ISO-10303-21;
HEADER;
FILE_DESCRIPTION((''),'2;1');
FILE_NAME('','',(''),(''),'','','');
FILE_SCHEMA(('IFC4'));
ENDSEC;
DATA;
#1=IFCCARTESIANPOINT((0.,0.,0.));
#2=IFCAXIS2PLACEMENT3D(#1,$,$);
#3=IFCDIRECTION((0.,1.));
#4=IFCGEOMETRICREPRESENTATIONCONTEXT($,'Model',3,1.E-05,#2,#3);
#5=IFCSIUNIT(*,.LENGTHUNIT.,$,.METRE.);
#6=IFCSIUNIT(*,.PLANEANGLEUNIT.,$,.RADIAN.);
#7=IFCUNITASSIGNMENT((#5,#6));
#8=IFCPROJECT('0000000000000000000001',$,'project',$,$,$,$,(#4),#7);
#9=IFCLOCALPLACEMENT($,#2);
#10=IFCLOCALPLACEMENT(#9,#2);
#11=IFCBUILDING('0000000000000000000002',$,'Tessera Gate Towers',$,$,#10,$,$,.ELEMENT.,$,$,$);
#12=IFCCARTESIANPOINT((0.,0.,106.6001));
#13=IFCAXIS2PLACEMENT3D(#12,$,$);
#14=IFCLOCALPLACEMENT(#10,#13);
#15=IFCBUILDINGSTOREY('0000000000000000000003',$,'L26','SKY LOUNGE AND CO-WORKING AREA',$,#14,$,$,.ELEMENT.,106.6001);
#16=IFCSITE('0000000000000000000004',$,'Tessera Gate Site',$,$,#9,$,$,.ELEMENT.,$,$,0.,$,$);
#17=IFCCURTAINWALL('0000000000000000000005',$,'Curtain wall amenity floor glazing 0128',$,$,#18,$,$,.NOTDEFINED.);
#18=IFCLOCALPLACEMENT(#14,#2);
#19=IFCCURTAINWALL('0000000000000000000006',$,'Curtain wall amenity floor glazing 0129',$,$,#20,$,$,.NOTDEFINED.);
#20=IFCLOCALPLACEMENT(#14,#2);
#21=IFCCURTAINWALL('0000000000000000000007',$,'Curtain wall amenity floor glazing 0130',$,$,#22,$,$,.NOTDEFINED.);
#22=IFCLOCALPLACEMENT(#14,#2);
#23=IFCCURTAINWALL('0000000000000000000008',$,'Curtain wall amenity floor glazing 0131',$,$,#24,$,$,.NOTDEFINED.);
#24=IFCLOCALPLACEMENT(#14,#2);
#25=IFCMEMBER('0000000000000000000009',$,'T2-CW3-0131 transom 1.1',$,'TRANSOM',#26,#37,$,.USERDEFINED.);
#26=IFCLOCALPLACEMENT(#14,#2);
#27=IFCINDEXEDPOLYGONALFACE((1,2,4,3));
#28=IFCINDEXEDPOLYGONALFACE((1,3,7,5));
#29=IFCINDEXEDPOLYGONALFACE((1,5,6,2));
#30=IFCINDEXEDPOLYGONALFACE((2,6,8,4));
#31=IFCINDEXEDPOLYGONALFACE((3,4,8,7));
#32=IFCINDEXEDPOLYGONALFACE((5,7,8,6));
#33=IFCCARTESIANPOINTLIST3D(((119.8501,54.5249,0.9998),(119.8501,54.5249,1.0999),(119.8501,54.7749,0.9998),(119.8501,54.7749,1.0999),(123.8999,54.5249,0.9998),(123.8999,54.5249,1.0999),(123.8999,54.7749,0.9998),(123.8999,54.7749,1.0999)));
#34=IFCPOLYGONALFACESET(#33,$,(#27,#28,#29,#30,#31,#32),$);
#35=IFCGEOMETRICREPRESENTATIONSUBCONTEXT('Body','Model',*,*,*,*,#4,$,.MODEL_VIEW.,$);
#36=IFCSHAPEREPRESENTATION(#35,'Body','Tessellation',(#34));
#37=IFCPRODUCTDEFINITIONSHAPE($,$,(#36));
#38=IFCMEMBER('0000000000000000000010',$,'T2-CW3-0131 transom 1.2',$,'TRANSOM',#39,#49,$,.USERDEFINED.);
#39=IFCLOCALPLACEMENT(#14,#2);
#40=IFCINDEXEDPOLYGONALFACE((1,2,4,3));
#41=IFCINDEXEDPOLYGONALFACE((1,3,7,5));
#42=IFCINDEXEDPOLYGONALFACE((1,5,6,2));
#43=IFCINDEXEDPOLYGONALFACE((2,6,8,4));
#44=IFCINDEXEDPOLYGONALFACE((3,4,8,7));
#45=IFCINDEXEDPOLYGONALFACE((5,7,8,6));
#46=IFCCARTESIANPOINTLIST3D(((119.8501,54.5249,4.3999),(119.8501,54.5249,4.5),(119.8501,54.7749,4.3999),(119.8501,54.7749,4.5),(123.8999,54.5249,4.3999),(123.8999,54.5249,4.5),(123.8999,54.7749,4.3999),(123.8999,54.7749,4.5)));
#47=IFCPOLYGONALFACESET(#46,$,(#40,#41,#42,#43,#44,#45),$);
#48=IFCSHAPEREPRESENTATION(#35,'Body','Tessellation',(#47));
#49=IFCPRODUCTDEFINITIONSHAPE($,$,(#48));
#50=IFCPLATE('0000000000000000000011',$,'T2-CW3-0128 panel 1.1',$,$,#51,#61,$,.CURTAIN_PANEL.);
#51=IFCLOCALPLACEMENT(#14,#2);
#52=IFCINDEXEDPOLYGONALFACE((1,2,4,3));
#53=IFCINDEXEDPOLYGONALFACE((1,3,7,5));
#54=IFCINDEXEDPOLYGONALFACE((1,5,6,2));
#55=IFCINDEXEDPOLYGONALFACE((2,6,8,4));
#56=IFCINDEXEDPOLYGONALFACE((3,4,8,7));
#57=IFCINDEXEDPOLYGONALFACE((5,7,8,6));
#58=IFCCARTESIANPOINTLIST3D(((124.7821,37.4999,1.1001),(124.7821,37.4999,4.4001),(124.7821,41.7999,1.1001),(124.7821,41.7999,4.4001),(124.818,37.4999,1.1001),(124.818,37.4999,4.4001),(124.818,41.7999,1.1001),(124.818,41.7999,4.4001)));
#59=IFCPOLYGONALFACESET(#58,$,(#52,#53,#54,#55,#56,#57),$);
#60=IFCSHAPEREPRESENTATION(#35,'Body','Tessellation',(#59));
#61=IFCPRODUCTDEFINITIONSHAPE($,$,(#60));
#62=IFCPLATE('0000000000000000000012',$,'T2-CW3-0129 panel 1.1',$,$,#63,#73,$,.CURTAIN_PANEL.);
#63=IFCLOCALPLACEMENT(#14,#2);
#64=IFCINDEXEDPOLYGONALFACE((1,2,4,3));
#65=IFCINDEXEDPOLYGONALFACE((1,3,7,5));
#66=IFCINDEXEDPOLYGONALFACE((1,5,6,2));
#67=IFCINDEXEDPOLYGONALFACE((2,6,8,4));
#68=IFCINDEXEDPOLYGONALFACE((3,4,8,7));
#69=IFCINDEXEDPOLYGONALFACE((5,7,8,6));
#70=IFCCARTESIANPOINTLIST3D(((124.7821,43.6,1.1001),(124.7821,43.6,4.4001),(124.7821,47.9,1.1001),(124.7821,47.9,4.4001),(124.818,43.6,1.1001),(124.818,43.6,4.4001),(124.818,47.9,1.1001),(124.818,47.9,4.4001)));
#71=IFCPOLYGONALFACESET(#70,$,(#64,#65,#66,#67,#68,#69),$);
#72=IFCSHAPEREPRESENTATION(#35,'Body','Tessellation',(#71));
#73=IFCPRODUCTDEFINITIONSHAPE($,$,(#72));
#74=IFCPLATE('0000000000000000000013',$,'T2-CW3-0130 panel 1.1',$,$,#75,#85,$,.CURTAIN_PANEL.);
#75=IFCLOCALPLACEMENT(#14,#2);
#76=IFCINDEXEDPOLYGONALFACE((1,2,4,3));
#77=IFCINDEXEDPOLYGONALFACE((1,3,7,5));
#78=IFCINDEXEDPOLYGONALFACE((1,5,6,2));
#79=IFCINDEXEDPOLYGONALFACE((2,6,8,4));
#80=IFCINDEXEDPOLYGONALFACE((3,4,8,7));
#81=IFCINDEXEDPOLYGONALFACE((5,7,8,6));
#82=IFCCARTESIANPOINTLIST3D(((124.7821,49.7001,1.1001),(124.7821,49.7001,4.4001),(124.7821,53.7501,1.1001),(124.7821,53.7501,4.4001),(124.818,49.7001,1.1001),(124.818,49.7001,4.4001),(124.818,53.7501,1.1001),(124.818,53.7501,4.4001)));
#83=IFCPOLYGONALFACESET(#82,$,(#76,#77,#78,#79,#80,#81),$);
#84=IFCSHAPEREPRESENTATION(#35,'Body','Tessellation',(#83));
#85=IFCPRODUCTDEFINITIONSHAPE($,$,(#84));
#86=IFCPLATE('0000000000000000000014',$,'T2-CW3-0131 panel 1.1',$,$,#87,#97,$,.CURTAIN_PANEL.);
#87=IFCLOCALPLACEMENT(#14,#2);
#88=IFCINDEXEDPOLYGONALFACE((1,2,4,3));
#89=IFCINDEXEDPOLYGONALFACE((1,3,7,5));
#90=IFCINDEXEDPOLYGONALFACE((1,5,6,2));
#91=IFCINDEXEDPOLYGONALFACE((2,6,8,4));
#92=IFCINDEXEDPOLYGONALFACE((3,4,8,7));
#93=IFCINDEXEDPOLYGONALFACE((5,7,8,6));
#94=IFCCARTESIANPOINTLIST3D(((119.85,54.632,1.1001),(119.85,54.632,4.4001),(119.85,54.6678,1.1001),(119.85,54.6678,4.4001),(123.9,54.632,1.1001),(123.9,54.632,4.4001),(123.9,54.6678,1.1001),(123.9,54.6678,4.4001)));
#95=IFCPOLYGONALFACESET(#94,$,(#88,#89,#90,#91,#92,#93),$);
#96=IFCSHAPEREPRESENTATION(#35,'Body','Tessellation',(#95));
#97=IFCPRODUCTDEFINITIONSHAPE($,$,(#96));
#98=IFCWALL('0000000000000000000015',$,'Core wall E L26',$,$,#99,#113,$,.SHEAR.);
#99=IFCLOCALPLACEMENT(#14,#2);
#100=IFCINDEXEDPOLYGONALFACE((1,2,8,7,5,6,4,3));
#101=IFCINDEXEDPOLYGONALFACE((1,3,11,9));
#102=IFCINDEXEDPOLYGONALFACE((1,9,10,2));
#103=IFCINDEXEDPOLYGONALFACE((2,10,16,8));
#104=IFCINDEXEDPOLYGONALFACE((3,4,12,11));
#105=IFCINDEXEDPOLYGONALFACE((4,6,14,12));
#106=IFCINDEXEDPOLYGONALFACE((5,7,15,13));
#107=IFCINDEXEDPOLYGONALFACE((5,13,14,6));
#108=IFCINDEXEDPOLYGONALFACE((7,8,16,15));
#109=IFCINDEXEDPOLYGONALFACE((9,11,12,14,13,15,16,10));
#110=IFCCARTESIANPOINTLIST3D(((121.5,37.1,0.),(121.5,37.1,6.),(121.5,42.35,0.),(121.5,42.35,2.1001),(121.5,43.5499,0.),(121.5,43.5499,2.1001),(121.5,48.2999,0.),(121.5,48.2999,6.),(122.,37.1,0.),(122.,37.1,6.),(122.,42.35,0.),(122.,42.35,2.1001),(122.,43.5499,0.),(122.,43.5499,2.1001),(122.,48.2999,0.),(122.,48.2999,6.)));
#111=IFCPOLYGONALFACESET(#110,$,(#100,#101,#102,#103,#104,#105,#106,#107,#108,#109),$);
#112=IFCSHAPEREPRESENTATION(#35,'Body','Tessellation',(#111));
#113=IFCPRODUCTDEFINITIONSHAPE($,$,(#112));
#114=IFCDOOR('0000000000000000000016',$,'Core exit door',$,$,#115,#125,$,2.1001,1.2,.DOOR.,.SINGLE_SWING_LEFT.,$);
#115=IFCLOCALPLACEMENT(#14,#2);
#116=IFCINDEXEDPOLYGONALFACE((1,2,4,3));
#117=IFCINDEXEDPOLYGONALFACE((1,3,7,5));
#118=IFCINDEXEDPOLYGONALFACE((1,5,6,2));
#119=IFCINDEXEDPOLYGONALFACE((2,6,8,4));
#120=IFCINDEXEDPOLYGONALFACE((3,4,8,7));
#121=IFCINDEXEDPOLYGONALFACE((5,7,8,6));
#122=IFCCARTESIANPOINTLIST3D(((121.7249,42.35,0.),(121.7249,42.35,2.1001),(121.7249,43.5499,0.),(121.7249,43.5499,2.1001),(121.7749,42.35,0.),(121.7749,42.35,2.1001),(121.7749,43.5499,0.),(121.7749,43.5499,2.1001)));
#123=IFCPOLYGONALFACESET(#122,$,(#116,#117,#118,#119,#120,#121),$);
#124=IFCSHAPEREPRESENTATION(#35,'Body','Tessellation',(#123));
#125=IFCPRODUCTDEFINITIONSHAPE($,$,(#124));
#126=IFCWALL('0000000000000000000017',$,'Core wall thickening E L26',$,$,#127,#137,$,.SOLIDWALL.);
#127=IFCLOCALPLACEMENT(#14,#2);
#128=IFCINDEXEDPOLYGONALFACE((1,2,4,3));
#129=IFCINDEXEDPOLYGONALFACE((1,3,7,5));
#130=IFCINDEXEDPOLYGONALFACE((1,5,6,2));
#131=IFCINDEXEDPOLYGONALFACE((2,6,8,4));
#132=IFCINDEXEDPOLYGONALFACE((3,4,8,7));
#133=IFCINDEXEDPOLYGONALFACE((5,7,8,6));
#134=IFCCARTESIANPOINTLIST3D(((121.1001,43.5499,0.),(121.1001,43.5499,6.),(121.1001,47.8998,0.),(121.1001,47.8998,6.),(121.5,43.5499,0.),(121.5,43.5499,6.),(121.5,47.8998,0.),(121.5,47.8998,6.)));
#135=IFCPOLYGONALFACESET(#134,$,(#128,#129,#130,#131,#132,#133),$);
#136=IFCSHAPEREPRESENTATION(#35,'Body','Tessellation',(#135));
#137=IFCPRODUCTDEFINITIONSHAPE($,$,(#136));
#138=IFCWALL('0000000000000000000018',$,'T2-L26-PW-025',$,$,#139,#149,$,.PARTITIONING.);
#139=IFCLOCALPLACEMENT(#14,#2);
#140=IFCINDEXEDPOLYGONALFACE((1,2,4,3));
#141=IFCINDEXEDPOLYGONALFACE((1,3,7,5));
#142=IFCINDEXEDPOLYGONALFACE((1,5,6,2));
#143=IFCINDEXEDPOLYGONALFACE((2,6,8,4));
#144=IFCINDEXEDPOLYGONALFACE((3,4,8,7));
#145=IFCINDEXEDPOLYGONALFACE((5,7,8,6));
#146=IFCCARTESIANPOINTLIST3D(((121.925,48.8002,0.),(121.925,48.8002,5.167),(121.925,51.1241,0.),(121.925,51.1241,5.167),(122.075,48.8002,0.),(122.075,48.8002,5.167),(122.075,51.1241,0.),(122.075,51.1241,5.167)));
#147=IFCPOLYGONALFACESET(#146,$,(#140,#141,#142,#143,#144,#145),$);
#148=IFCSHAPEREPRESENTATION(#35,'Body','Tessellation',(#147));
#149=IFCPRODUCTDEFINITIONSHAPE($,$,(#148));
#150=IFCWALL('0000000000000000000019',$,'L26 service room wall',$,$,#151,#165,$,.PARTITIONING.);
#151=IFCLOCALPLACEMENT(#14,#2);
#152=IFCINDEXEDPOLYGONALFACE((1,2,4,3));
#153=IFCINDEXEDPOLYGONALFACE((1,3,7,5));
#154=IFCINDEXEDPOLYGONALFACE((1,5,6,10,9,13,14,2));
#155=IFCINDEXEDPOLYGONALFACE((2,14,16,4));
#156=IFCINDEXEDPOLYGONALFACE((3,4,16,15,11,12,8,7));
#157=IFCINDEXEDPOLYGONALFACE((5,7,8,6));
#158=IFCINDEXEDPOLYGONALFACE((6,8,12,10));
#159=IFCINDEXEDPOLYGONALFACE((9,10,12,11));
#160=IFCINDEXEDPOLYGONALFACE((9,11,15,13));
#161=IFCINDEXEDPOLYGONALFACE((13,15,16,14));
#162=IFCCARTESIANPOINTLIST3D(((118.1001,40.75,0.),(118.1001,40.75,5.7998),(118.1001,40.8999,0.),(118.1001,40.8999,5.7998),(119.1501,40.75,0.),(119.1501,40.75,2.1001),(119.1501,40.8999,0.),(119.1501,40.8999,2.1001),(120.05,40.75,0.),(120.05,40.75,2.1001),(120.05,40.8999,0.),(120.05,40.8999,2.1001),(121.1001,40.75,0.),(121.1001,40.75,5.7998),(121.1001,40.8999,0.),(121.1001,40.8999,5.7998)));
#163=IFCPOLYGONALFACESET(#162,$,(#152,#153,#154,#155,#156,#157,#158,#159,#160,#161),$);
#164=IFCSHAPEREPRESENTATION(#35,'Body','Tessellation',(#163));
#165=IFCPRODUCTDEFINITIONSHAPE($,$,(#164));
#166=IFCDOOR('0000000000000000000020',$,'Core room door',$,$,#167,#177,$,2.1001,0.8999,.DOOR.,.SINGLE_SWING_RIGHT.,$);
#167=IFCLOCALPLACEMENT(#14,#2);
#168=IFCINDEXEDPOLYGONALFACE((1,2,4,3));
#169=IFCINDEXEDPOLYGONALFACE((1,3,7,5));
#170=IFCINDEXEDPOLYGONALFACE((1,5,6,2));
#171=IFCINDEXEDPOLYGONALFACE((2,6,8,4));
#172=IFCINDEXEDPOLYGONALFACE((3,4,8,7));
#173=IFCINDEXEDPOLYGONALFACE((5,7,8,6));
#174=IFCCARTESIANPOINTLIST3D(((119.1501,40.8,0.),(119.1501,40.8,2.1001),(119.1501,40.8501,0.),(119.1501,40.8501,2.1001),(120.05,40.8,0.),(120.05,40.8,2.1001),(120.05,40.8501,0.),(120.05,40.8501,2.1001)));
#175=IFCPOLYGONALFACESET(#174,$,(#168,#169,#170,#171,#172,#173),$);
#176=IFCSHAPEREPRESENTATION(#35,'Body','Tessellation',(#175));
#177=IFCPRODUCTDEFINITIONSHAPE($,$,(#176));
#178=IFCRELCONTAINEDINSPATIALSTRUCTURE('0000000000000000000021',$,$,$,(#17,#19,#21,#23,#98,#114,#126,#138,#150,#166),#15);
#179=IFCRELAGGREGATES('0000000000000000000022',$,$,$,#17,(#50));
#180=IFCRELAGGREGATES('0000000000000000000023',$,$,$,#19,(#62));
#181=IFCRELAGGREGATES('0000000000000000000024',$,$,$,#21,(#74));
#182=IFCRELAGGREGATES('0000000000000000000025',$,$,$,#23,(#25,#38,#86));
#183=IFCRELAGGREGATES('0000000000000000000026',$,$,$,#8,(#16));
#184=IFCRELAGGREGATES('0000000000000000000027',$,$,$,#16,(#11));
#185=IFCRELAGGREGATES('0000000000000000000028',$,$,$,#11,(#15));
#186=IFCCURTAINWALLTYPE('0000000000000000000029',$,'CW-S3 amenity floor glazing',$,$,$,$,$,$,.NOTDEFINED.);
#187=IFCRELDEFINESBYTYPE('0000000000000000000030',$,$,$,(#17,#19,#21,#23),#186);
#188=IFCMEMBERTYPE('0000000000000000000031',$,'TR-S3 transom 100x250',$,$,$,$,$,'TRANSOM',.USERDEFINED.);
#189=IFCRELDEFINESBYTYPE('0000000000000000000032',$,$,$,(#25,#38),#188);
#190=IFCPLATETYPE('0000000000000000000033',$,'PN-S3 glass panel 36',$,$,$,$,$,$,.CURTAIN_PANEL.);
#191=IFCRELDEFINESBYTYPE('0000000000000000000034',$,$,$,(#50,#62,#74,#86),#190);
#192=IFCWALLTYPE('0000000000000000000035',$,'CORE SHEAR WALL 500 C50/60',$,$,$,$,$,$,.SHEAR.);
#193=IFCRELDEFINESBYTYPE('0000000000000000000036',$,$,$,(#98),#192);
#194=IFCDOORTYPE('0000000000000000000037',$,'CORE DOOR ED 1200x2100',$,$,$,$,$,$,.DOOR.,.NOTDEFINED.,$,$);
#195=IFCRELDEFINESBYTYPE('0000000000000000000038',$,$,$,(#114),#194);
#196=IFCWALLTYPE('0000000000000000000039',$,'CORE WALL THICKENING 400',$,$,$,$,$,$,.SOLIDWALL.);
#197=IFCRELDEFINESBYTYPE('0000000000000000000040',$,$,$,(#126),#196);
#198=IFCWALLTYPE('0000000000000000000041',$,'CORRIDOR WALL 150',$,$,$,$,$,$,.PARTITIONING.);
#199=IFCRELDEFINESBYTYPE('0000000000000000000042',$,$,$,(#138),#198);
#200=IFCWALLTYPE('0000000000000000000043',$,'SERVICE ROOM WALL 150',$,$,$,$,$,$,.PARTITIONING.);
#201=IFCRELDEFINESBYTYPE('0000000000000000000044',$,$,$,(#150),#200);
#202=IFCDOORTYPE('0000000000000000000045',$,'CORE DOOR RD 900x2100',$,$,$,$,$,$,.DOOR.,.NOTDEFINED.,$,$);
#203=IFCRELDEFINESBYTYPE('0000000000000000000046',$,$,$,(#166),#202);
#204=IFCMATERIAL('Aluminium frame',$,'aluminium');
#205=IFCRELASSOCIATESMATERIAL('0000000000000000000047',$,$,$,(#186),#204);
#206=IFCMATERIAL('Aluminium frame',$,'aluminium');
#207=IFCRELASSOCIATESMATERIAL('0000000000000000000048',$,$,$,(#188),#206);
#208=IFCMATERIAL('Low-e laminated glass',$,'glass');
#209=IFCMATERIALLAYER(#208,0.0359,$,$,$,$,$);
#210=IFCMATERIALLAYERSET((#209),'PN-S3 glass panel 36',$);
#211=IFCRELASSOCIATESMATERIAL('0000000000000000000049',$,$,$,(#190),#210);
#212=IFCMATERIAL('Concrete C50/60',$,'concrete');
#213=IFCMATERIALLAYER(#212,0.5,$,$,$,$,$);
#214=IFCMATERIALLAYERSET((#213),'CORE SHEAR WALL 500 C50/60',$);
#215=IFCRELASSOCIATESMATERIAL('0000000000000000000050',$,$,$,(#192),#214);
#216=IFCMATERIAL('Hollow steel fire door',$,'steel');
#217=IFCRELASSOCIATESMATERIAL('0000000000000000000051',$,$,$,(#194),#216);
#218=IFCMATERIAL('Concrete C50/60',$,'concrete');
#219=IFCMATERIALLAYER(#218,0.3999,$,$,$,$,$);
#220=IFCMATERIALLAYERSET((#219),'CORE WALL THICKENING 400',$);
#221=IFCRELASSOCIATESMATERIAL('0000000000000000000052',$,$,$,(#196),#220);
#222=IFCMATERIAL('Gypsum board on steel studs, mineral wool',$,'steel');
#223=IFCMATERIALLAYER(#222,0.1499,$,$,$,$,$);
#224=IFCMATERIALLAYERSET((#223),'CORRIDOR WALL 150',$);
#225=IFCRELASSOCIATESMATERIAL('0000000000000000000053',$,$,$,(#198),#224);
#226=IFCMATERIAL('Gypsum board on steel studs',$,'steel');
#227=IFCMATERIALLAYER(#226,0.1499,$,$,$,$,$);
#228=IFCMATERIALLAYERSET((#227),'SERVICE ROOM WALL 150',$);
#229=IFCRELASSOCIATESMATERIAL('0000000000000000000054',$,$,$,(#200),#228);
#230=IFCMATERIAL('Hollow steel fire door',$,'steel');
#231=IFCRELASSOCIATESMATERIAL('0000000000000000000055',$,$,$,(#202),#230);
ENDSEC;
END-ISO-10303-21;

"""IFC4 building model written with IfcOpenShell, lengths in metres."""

from ifc_helpers import new_model, si_unit, direction, frame, frame_2d, origin, origin_2d, place, context, subcontext, project, spatial, rectangle, extrude, source, transform, mapped, material, layer, layer_set, material_profile, profile_set, type_object, element, fill, aggregate, save


model = new_model("IFC4")

# Units and contexts
model_context = context("Model", 3, precision=1e-05, world=origin(), true_north=direction((0.0, 1.0)))
body_context = subcontext(model_context, "Body", "Model", "MODEL_VIEW")
ifc_project = project(units=[si_unit("LENGTHUNIT", "METRE"), si_unit("PLANEANGLEUNIT", "RADIAN")], contexts=[model_context])

# Site, building, storey
site_placement = place(None, origin())
site = spatial("IfcSite", under=ifc_project, at=site_placement, Name="Tessera Gate Site", CompositionType="ELEMENT", RefElevation=0.0)
building_placement = place(site_placement, origin())
building = spatial("IfcBuilding", under=site, at=building_placement, Name="Tessera Gate Towers", CompositionType="ELEMENT")
storey_placement = place(building_placement, frame((0.0, 0.0, 106.6001)))
storey = spatial("IfcBuildingStorey", under=building, at=storey_placement, Name="L26", Description="SKY LOUNGE AND CO-WORKING AREA", CompositionType="ELEMENT", Elevation=106.6001)

# Curtain wall
ifc_material_1 = material(Name="Aluminium frame", Category="aluminium")
curtain_wall_type = type_object("IfcCurtainWallType", Name="CW-S3 amenity floor glazing", PredefinedType="NOTDEFINED", material=ifc_material_1)
curtain_wall_1_placement = place(storey_placement, origin())
curtain_wall_1 = element("IfcCurtainWall", 1, at=curtain_wall_1_placement, inside=storey, type_object=curtain_wall_type, Name="Curtain wall amenity floor glazing 0128", PredefinedType="NOTDEFINED")

# Curtain walls
curtain_wall_2_placement = place(storey_placement, origin())
curtain_wall_2 = element("IfcCurtainWall", 2, at=curtain_wall_2_placement, inside=storey, type_object=curtain_wall_type, Name="Curtain wall amenity floor glazing 0129", PredefinedType="NOTDEFINED")
curtain_wall_3_placement = place(storey_placement, origin())
curtain_wall_3 = element("IfcCurtainWall", 3, at=curtain_wall_3_placement, inside=storey, type_object=curtain_wall_type, Name="Curtain wall amenity floor glazing 0130", PredefinedType="NOTDEFINED")
curtain_wall_4_placement = place(storey_placement, origin())
curtain_wall_4 = element("IfcCurtainWall", 4, at=curtain_wall_4_placement, inside=storey, type_object=curtain_wall_type, Name="Curtain wall amenity floor glazing 0131", PredefinedType="NOTDEFINED")

# Members
ifc_material_2 = material(Name="Aluminium frame", Category="aluminium")
ifc_material_profile_1 = material_profile(ifc_material_2, rectangle(XDim=0.25, YDim=0.1001, at=origin_2d()), Name="AL 100x250")
ifc_profile_set_1 = profile_set([ifc_material_profile_1], Name="Aluminium frame")
member_type_1 = type_object("IfcMemberType", Name="TR-S3 transom 100x250", ElementType="TRANSOM", PredefinedType="USERDEFINED", material=ifc_profile_set_1)
member_1_placement = place(storey_placement, frame((123.8999, 54.6499, 1.0498), z_axis=(-1.0, 0.0, 0.0), x_axis=(0.0, -1.0, 0.0)))
member_1 = element("IfcMember", 5, at=member_1_placement, type_object=member_type_1, Name="T2-CW3-0131 transom 1.1", ObjectType="TRANSOM", PredefinedType="USERDEFINED", context=body_context, shape_type="SweptSolid", body=[
    extrude(rectangle(XDim=0.25, YDim=0.1001, at=origin_2d()), origin(), (0.0, 0.0, 1.0), 4.0498),
])
member_2_placement = place(storey_placement, frame((123.8999, 54.6499, 4.45), z_axis=(-1.0, 0.0, 0.0), x_axis=(0.0, -1.0, 0.0)))
member_2 = element("IfcMember", 6, at=member_2_placement, type_object=member_type_1, Name="T2-CW3-0131 transom 1.2", ObjectType="TRANSOM", PredefinedType="USERDEFINED", context=body_context, shape_type="SweptSolid", body=[
    extrude(rectangle(XDim=0.25, YDim=0.1001, at=origin_2d()), origin(), (0.0, 0.0, 1.0), 4.0498),
])

# Plates
ifc_material_3 = material(Name="Low-e laminated glass", Category="glass")
ifc_layer_1 = layer(ifc_material_3, 0.0359)
ifc_layer_set_1 = layer_set([ifc_layer_1], Name="PN-S3 glass panel 36")
plate_type = type_object("IfcPlateType", Name="PN-S3 glass panel 36", PredefinedType="CURTAIN_PANEL", material=ifc_layer_set_1)
plate_1_placement = place(storey_placement, frame((124.8, 39.6499, 1.1001), z_axis=(0.0, 0.0, 1.0), x_axis=(0.0, 1.0, 0.0)))
plate_1 = element("IfcPlate", 7, at=plate_1_placement, type_object=plate_type, Name="T2-CW3-0128 panel 1.1", PredefinedType="CURTAIN_PANEL", context=body_context, shape_type="SweptSolid", body=[
    extrude(rectangle(XDim=4.3, YDim=0.0359, at=origin_2d()), origin(), (0.0, 0.0, 1.0), 3.3),
])
aggregate(curtain_wall_1, [plate_1])
plate_2_placement = place(storey_placement, frame((124.8, 45.75, 1.1001), z_axis=(0.0, 0.0, 1.0), x_axis=(0.0, 1.0, 0.0)))
plate_2 = element("IfcPlate", 8, at=plate_2_placement, type_object=plate_type, Name="T2-CW3-0129 panel 1.1", PredefinedType="CURTAIN_PANEL", context=body_context, shape_type="SweptSolid", body=[
    extrude(rectangle(XDim=4.3, YDim=0.0359, at=origin_2d()), origin(), (0.0, 0.0, 1.0), 3.3),
])
aggregate(curtain_wall_2, [plate_2])
plate_3_placement = place(storey_placement, frame((124.8, 51.7251, 1.1001), z_axis=(0.0, 0.0, 1.0), x_axis=(0.0, 1.0, 0.0)))
plate_3 = element("IfcPlate", 9, at=plate_3_placement, type_object=plate_type, Name="T2-CW3-0130 panel 1.1", PredefinedType="CURTAIN_PANEL", context=body_context, shape_type="SweptSolid", body=[
    extrude(rectangle(XDim=4.05, YDim=0.0359, at=origin_2d()), origin(), (0.0, 0.0, 1.0), 3.3),
])
aggregate(curtain_wall_3, [plate_3])
plate_4_placement = place(storey_placement, frame((121.875, 54.6499, 1.1001), z_axis=(0.0, 0.0, 1.0), x_axis=(-1.0, 0.0, 0.0)))
plate_4 = element("IfcPlate", 10, at=plate_4_placement, type_object=plate_type, Name="T2-CW3-0131 panel 1.1", PredefinedType="CURTAIN_PANEL", context=body_context, shape_type="SweptSolid", body=[
    extrude(rectangle(XDim=4.05, YDim=0.0359, at=origin_2d()), origin(), (0.0, 0.0, 1.0), 3.3),
])
aggregate(curtain_wall_4, [member_1, member_2, plate_4])

# Wall, opening, door
ifc_material_4 = material(Name="Concrete C50/60", Category="concrete")
ifc_layer_2 = layer(ifc_material_4, 0.5)
ifc_layer_set_2 = layer_set([ifc_layer_2], Name="CORE SHEAR WALL 500 C50/60")
wall_type_1 = type_object("IfcWallType", Name="CORE SHEAR WALL 500 C50/60", PredefinedType="SHEAR", material=ifc_layer_set_2)
wall_1_placement = place(storey_placement, frame((121.75, 48.3, 0.0), z_axis=(0.0, 0.0, 1.0), x_axis=(0.0, -1.0, 0.0)))
wall_1 = element("IfcWall", 11, at=wall_1_placement, inside=storey, type_object=wall_type_1, Name="Core wall E L26", PredefinedType="SHEAR", context=body_context, shape_type="SweptSolid", body=[
    extrude(rectangle(XDim=11.2, YDim=0.5, at=frame_2d((5.6001, 0.0))), origin(), (0.0, 0.0, 1.0), 6.0),
])
shared_shape_1 = source(origin(), body_context, "Body", "SweptSolid", [
    extrude(rectangle(XDim=1.2, YDim=2.1001, at=frame_2d((0.6001, 1.05))), frame((0.0, 0.26, 0.0), z_axis=(0.0, -1.0, 0.0), x_axis=(1.0, 0.0, 0.0)), (0.0, 0.0, 1.0), 0.52),
])
opening_1_placement = place(wall_1_placement, frame((4.75, 0.0, 0.0)))
opening_1 = element("IfcOpeningElement", 12, at=opening_1_placement, cuts=wall_1, PredefinedType="OPENING", context=body_context, shape_type="MappedRepresentation", body=[
    mapped(shared_shape_1, transform((0.0, 0.0, 0.0), scale=1.0)),
])
ifc_material_5 = material(Name="Hollow steel fire door", Category="steel")
door_type_1 = type_object("IfcDoorType", Name="CORE DOOR ED 1200x2100", OperationType="NOTDEFINED", PredefinedType="DOOR", material=ifc_material_5)
shared_shape_2 = source(origin(), body_context, "Body", "SweptSolid", [
    extrude(rectangle(XDim=1.2, YDim=2.1001, at=frame_2d((0.6001, 1.05))), frame((0.0, 0.0249, 0.0), z_axis=(0.0, -1.0, 0.0), x_axis=(1.0, 0.0, 0.0)), (0.0, 0.0, 1.0), 0.05),
])
door_1_placement = place(opening_1_placement, origin())
door_1 = element("IfcDoor", 13, at=door_1_placement, inside=storey, type_object=door_type_1, Name="Core exit door", OperationType="SINGLE_SWING_LEFT", OverallHeight=2.1001, OverallWidth=1.2, PredefinedType="DOOR", context=body_context, shape_type="MappedRepresentation", body=[
    mapped(shared_shape_2, transform((0.0, 0.0, 0.0), scale=1.0)),
])
fill(opening_1, door_1)

# Walls
ifc_material_6 = material(Name="Concrete C50/60", Category="concrete")
ifc_layer_3 = layer(ifc_material_6, 0.3999)
ifc_layer_set_3 = layer_set([ifc_layer_3], Name="CORE WALL THICKENING 400")
wall_type_2 = type_object("IfcWallType", Name="CORE WALL THICKENING 400", PredefinedType="SOLIDWALL", material=ifc_layer_set_3)
wall_2_placement = place(storey_placement, frame((121.3, 43.55, 0.0), z_axis=(0.0, 0.0, 1.0), x_axis=(0.0, 1.0, 0.0)))
element("IfcWall", 14, at=wall_2_placement, inside=storey, type_object=wall_type_2, Name="Core wall thickening E L26", PredefinedType="SOLIDWALL", context=body_context, shape_type="SweptSolid", body=[
    extrude(rectangle(XDim=4.3499, YDim=0.3999, at=frame_2d((2.1748, 0.0))), origin(), (0.0, 0.0, 1.0), 6.0),
])
ifc_material_7 = material(Name="Gypsum board on steel studs, mineral wool", Category="steel")
ifc_layer_4 = layer(ifc_material_7, 0.1499)
ifc_layer_set_4 = layer_set([ifc_layer_4], Name="CORRIDOR WALL 150")
wall_type_3 = type_object("IfcWallType", Name="CORRIDOR WALL 150", PredefinedType="PARTITIONING", material=ifc_layer_set_4)
wall_3_placement = place(storey_placement, frame((122.0, 48.8, 0.0), z_axis=(0.0, 0.0, 1.0), x_axis=(0.0, 1.0, 0.0)))
element("IfcWall", 15, at=wall_3_placement, inside=storey, type_object=wall_type_3, Name="T2-L26-PW-025", PredefinedType="PARTITIONING", context=body_context, shape_type="SweptSolid", body=[
    extrude(rectangle(XDim=2.324, YDim=0.1499, at=frame_2d((1.1621, 0.0))), origin(), (0.0, 0.0, 1.0), 5.167),
])

# Wall, opening, door
ifc_material_8 = material(Name="Gypsum board on steel studs", Category="steel")
ifc_layer_5 = layer(ifc_material_8, 0.1499)
ifc_layer_set_5 = layer_set([ifc_layer_5], Name="SERVICE ROOM WALL 150")
wall_type_4 = type_object("IfcWallType", Name="SERVICE ROOM WALL 150", PredefinedType="PARTITIONING", material=ifc_layer_set_5)
wall_4_placement = place(storey_placement, frame((121.1001, 40.825, 0.0), z_axis=(0.0, 0.0, 1.0), x_axis=(-1.0, 0.0, 0.0)))
wall_4 = element("IfcWall", 16, at=wall_4_placement, inside=storey, type_object=wall_type_4, Name="L26 service room wall", PredefinedType="PARTITIONING", context=body_context, shape_type="SweptSolid", body=[
    extrude(rectangle(XDim=3.0, YDim=0.1499, at=frame_2d((1.5, 0.0))), origin(), (0.0, 0.0, 1.0), 5.7998),
])
shared_shape_3 = source(origin(), body_context, "Body", "SweptSolid", [
    extrude(rectangle(XDim=0.8999, YDim=2.1001, at=frame_2d((0.45, 1.05))), frame((0.0, 0.085, 0.0), z_axis=(0.0, -1.0, 0.0), x_axis=(1.0, 0.0, 0.0)), (0.0, 0.0, 1.0), 0.1699),
])
opening_2_placement = place(wall_4_placement, frame((1.05, 0.0, 0.0)))
opening_2 = element("IfcOpeningElement", 17, at=opening_2_placement, cuts=wall_4, PredefinedType="OPENING", context=body_context, shape_type="MappedRepresentation", body=[
    mapped(shared_shape_3, transform((0.0, 0.0, 0.0), scale=1.0)),
])
ifc_material_9 = material(Name="Hollow steel fire door", Category="steel")
door_type_2 = type_object("IfcDoorType", Name="CORE DOOR RD 900x2100", OperationType="NOTDEFINED", PredefinedType="DOOR", material=ifc_material_9)
shared_shape_4 = source(origin(), body_context, "Body", "SweptSolid", [
    extrude(rectangle(XDim=0.8999, YDim=2.1001, at=frame_2d((0.45, 1.05))), frame((0.0, 0.0249, 0.0), z_axis=(0.0, -1.0, 0.0), x_axis=(1.0, 0.0, 0.0)), (0.0, 0.0, 1.0), 0.05),
])
door_2_placement = place(opening_2_placement, origin())
door_2 = element("IfcDoor", 18, at=door_2_placement, inside=storey, type_object=door_type_2, Name="Core room door", OperationType="SINGLE_SWING_RIGHT", OverallHeight=2.1001, OverallWidth=0.8999, PredefinedType="DOOR", context=body_context, shape_type="MappedRepresentation", body=[
    mapped(shared_shape_4, transform((0.0, 0.0, 0.0), scale=1.0)),
])
fill(opening_2, door_2)

save(model, "model.ifc")
